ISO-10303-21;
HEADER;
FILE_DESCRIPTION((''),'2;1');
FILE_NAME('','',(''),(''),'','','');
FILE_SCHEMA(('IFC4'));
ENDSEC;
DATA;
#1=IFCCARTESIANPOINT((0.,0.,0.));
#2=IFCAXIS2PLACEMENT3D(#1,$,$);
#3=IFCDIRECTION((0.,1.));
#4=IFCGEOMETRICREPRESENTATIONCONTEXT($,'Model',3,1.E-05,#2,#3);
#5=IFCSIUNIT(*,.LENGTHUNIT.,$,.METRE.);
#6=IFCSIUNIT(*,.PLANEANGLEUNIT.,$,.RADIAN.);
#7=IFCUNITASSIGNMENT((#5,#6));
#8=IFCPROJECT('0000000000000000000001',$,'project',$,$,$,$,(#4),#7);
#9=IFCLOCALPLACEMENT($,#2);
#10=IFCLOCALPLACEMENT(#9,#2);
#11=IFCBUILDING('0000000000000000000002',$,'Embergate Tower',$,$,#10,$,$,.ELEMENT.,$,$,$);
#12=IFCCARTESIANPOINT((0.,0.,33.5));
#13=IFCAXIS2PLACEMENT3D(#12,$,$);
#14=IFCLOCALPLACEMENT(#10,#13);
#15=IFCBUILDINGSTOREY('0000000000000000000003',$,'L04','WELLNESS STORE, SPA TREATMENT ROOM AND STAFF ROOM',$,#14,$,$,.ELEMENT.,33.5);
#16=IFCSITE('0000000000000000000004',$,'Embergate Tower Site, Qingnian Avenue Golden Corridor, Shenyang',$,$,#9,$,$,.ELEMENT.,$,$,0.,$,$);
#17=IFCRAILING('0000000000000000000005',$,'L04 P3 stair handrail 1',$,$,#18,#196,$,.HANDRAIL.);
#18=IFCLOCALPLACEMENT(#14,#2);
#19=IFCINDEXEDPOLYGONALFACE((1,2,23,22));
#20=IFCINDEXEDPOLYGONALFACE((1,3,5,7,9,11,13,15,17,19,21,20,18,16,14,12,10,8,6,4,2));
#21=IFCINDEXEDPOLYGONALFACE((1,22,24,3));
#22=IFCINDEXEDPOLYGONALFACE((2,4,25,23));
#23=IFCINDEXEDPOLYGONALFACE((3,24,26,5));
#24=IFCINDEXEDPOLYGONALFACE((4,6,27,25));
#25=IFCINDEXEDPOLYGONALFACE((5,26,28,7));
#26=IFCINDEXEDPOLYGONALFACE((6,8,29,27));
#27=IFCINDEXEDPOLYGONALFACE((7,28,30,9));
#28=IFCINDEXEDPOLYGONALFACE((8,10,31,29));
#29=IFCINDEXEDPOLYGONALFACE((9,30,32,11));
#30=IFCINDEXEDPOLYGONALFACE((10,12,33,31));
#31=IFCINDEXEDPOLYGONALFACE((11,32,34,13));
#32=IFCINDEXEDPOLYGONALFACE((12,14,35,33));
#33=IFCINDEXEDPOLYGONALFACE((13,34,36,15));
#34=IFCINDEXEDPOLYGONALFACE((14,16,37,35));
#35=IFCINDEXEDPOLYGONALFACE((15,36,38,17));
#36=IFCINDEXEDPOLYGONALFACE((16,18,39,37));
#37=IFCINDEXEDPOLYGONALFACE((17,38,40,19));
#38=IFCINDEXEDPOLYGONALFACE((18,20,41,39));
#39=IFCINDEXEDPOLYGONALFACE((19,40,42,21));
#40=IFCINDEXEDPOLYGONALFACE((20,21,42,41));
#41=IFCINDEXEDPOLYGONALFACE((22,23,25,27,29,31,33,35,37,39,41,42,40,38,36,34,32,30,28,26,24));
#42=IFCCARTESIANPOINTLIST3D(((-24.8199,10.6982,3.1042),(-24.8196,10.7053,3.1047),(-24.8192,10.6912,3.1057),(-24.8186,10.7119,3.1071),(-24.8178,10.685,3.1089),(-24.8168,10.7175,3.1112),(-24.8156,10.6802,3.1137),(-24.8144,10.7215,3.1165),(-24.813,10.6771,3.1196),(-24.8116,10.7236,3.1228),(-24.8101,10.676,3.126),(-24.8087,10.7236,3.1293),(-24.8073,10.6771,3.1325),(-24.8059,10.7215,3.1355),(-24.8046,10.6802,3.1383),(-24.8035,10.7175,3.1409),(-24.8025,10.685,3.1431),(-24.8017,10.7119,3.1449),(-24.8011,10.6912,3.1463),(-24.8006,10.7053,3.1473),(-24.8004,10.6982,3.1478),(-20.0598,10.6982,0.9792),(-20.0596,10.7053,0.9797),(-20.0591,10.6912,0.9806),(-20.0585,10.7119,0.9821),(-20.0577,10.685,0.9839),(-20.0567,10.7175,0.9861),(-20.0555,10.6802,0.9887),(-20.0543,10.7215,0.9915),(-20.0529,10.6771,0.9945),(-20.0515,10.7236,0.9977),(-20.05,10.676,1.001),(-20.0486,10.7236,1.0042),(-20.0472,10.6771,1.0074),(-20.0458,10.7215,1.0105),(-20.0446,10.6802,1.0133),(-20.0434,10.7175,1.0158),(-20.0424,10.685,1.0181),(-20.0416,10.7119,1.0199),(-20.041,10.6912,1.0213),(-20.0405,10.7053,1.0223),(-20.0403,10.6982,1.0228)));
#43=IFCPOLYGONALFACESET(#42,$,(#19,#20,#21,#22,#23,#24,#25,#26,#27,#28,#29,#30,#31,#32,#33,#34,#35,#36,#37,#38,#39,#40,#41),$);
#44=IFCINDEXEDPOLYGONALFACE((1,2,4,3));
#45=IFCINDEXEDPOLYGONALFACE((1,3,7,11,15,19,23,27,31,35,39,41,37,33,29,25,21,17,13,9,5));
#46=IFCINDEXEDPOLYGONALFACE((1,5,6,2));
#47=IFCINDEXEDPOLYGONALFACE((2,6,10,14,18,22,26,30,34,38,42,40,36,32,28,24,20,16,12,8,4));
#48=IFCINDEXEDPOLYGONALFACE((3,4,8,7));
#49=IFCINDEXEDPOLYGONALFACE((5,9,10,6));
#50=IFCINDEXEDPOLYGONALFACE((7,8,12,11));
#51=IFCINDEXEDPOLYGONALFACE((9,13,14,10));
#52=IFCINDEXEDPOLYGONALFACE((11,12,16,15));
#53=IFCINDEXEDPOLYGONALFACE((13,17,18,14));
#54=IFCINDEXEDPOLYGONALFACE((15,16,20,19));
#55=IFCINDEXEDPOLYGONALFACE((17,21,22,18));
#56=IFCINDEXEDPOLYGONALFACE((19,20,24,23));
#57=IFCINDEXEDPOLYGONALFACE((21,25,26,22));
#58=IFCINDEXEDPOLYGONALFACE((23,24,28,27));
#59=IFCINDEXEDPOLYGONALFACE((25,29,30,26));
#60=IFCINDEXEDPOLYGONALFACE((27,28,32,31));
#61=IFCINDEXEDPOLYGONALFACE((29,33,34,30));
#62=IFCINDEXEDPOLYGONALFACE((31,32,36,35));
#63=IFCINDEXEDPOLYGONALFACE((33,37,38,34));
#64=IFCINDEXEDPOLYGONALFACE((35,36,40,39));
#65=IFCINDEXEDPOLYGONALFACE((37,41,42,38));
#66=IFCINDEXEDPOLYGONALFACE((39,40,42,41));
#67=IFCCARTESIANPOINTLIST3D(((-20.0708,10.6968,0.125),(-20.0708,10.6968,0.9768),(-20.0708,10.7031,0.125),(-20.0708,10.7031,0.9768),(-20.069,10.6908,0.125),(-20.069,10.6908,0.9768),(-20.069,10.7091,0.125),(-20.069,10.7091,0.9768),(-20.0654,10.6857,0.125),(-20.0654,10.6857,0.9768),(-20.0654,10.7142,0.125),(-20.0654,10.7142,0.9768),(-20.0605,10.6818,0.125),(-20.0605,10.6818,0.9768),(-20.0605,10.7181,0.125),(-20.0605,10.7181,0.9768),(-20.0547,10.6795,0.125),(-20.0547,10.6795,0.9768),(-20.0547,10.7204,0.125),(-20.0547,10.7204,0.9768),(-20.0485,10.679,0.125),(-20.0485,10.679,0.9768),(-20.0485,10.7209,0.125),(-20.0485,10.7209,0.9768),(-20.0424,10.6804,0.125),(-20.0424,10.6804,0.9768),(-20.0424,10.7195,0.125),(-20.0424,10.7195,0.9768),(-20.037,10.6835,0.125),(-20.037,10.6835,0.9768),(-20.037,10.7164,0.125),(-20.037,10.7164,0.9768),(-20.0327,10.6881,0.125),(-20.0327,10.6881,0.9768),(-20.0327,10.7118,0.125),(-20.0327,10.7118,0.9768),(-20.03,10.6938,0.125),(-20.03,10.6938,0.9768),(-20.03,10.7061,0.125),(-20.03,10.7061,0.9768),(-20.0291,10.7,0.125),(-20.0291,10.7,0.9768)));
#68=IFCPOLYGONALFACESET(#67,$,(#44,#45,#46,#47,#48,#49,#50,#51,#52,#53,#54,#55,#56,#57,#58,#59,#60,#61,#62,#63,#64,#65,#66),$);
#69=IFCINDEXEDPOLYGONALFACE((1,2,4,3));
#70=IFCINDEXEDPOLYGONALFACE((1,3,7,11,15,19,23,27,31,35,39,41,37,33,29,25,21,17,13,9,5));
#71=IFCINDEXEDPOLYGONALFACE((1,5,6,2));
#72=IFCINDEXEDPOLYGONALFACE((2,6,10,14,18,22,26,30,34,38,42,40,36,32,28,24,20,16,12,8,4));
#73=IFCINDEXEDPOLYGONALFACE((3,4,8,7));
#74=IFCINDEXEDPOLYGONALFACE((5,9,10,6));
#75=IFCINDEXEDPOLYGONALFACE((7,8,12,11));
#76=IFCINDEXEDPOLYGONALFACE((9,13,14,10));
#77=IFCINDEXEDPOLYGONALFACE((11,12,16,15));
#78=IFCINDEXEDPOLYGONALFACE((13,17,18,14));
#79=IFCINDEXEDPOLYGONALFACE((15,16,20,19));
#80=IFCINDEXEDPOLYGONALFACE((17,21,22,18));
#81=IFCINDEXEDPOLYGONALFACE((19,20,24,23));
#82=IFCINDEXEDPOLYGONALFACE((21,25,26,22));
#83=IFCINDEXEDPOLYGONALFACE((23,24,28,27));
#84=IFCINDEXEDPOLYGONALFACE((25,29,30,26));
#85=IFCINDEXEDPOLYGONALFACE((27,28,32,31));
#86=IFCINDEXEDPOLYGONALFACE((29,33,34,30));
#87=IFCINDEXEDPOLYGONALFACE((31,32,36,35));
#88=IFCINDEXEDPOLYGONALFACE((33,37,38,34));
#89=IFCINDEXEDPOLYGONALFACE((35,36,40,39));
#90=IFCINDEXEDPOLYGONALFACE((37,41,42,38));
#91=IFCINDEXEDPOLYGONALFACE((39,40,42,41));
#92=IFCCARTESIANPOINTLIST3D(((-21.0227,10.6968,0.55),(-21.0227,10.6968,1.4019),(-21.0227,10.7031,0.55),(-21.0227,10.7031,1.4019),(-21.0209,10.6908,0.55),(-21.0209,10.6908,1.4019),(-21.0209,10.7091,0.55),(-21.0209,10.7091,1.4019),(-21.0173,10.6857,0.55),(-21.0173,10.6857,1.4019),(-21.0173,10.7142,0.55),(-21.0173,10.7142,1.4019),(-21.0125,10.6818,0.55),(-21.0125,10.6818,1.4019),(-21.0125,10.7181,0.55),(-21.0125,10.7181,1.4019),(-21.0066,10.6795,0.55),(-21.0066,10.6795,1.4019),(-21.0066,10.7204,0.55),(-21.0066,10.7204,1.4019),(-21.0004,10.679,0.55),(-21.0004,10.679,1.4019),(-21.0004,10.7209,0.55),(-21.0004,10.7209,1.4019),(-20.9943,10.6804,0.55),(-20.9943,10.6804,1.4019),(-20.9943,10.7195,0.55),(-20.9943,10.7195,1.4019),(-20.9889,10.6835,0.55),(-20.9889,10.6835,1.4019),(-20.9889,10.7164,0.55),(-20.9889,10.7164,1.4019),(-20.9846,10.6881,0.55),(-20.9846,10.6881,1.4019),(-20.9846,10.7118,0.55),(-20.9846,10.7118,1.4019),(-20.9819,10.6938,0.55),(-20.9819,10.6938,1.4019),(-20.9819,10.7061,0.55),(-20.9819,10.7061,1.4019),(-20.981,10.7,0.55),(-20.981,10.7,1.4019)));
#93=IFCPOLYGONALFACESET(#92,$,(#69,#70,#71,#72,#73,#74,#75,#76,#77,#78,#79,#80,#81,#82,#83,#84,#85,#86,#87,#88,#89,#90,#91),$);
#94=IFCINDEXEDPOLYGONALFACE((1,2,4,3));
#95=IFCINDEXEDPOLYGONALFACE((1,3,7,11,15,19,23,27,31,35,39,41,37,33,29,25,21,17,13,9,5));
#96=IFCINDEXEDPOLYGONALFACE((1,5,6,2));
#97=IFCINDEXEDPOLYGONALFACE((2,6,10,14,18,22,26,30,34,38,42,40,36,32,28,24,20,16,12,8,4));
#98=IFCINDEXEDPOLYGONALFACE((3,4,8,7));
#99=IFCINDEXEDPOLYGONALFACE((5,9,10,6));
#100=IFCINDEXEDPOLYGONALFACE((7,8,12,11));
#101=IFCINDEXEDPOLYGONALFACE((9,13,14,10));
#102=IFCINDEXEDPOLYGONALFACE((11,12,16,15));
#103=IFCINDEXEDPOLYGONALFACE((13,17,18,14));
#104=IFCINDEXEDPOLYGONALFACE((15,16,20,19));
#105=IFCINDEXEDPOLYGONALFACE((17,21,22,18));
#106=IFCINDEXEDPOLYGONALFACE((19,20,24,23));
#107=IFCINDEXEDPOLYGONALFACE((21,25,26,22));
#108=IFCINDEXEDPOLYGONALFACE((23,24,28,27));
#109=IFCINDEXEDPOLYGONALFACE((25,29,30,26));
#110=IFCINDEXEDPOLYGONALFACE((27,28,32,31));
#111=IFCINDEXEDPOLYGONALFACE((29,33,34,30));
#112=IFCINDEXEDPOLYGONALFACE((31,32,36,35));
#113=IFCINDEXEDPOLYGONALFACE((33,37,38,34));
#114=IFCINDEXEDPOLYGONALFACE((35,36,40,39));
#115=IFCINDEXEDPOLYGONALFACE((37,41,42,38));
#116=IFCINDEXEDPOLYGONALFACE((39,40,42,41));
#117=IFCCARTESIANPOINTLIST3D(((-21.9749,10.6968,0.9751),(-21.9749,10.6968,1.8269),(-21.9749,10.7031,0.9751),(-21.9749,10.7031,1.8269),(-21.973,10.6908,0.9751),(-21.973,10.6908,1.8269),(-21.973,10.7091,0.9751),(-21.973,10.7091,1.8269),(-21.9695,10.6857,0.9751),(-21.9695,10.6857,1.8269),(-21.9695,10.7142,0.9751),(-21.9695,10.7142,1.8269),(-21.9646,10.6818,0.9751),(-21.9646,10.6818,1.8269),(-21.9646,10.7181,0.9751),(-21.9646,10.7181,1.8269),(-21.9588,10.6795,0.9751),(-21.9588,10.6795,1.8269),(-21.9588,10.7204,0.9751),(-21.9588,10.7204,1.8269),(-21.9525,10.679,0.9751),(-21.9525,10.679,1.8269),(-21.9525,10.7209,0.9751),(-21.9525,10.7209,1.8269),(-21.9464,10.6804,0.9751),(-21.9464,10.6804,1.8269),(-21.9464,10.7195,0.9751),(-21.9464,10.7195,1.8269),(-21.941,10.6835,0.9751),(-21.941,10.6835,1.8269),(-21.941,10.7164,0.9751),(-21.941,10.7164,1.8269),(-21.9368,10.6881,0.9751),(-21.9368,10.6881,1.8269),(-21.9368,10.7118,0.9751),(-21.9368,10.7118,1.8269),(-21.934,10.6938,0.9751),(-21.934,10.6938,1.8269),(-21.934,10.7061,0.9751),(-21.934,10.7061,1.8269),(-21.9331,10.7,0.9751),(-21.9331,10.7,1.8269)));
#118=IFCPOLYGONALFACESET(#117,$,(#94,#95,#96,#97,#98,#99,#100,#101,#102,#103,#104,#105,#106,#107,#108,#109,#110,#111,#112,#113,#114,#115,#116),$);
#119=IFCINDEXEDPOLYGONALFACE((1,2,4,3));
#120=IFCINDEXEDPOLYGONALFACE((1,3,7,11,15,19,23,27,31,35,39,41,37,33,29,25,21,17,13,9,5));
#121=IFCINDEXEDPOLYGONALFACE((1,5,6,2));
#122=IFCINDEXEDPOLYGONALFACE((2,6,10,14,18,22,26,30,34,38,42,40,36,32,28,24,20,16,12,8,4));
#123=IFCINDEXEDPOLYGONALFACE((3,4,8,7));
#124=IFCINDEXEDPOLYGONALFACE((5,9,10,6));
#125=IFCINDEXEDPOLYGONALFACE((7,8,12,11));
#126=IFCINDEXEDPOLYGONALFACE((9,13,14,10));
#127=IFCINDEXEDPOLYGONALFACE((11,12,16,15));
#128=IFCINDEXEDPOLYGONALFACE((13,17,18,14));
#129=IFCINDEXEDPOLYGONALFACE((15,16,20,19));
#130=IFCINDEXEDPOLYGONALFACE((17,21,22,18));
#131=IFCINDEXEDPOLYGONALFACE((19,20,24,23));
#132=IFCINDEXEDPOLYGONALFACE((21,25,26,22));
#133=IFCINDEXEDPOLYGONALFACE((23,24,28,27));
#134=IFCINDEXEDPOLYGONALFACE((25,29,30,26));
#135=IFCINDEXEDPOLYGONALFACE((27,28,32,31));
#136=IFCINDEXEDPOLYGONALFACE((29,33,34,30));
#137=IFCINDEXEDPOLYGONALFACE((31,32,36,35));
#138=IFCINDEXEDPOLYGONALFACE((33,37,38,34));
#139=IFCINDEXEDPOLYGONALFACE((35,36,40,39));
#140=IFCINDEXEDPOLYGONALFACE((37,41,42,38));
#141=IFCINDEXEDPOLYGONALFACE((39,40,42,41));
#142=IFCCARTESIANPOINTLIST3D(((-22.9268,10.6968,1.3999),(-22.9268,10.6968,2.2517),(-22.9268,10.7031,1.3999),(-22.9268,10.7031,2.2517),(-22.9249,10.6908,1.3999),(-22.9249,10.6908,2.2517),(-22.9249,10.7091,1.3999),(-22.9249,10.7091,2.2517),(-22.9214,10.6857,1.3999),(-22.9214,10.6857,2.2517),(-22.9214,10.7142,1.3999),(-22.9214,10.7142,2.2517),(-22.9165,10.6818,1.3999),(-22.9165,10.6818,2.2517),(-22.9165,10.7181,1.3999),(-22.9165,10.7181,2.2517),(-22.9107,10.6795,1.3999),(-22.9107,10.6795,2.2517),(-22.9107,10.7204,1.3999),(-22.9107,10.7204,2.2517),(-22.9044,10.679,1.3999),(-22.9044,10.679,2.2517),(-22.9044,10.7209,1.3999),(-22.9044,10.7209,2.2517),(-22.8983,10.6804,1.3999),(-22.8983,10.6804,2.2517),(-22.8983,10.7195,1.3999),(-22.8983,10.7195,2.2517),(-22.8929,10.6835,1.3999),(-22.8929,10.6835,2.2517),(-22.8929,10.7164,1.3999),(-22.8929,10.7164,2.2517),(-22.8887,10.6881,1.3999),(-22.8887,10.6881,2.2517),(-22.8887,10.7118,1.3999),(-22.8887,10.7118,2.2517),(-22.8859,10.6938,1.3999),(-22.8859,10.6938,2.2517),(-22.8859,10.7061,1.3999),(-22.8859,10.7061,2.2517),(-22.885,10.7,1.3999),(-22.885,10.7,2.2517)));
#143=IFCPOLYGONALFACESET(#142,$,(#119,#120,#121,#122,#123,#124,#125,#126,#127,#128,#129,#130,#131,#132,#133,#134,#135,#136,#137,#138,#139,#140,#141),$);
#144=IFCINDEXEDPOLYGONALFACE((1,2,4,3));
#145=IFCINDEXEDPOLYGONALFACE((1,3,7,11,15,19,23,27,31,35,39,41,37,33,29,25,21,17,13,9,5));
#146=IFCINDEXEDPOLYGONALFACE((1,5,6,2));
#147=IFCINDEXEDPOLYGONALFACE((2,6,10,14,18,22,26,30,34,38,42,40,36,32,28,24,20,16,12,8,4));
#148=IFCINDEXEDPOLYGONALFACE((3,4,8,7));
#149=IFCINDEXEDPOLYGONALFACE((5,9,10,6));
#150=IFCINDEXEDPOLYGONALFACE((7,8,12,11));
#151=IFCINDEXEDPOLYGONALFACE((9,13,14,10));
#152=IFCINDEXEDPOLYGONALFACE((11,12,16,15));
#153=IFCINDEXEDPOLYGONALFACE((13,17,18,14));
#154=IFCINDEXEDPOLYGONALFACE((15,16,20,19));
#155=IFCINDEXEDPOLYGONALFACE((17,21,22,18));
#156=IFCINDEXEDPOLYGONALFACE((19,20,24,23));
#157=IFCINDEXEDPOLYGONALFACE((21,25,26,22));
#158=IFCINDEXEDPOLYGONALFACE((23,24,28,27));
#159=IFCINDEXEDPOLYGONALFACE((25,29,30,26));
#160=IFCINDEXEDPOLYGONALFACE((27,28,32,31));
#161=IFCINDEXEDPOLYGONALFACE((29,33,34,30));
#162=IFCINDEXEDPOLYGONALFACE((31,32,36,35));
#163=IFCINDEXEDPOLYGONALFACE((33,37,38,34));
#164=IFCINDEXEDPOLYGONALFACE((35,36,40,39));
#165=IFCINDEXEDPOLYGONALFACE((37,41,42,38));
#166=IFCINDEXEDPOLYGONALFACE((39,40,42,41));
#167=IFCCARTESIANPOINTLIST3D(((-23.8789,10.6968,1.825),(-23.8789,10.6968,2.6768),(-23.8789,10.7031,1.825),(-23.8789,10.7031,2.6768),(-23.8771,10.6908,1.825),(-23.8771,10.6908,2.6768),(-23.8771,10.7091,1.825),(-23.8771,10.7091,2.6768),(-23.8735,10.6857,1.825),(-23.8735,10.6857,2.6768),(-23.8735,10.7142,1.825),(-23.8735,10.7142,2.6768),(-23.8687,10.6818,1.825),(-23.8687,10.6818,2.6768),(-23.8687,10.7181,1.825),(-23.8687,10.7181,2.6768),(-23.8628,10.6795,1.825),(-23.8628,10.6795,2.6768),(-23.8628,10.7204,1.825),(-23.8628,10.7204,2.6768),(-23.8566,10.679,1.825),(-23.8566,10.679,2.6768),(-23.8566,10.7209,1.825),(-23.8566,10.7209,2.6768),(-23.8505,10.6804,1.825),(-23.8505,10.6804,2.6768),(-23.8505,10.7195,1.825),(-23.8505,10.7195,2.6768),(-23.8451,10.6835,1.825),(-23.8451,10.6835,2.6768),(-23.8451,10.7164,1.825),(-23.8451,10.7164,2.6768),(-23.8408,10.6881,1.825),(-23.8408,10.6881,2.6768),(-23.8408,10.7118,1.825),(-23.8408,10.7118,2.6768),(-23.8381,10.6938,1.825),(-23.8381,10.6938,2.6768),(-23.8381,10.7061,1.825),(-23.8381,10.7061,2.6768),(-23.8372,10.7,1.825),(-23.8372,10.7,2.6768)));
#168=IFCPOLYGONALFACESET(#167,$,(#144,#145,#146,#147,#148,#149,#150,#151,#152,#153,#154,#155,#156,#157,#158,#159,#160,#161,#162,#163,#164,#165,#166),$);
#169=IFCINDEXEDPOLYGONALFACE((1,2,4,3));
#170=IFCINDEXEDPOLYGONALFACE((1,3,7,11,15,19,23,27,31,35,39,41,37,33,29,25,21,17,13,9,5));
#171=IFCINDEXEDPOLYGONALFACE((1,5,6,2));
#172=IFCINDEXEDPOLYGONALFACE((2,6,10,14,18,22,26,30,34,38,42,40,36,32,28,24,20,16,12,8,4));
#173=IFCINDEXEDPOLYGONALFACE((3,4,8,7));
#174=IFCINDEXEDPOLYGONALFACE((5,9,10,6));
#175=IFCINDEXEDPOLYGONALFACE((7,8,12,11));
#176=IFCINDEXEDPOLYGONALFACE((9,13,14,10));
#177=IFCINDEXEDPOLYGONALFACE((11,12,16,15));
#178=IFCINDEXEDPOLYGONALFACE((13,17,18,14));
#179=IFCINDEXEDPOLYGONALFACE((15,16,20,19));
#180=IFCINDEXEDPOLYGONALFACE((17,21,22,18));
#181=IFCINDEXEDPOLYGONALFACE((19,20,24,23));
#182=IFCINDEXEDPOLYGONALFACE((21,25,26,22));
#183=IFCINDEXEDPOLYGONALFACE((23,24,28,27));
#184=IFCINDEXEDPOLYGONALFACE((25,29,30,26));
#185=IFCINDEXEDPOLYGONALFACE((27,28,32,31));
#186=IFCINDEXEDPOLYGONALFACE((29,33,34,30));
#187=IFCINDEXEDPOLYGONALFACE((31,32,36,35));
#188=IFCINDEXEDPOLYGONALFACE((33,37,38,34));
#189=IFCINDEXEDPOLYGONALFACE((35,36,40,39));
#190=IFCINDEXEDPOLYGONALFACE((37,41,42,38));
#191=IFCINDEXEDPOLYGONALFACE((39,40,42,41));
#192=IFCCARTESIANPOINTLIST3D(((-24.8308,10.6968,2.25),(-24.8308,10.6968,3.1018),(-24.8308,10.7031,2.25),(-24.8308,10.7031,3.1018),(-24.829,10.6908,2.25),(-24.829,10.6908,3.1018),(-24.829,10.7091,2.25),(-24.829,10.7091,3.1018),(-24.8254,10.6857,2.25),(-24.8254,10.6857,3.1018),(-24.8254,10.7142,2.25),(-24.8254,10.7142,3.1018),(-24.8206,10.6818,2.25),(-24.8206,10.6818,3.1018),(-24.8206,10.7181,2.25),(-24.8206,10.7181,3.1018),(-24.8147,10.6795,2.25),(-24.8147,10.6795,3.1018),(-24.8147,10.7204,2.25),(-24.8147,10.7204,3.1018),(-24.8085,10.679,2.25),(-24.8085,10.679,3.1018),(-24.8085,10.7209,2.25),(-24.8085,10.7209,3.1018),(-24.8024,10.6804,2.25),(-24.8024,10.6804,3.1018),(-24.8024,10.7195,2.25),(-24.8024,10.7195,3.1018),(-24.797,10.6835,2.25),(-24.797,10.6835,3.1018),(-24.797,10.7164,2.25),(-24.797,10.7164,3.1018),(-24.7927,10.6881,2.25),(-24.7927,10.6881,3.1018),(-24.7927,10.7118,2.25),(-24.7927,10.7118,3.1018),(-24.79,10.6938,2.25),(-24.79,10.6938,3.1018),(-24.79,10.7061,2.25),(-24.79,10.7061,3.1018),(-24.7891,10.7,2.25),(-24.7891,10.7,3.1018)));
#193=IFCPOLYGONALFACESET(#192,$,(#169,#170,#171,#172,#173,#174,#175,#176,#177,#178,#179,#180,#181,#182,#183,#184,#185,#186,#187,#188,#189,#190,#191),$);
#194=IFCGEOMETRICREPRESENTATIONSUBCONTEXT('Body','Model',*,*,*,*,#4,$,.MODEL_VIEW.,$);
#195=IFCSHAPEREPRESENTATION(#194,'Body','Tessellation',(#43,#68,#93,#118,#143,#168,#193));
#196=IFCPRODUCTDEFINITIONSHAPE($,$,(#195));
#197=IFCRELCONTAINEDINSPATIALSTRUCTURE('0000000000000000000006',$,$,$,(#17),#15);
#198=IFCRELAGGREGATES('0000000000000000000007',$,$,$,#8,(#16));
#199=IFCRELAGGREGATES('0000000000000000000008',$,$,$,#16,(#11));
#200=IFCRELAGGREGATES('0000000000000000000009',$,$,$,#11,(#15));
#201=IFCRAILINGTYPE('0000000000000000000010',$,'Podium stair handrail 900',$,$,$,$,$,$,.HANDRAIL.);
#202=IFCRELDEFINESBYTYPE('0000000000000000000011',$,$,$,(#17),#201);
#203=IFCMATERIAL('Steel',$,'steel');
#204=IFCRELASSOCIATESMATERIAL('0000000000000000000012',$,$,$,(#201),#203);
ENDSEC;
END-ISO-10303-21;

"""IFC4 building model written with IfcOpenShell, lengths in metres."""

from ifc_helpers import new_model, si_unit, direction, frame, origin, origin_2d, place, context, subcontext, project, spatial, circle, extrude, source, transform, mapped, material, type_object, element, save


model = new_model("IFC4")

# Units and contexts
model_context = context("Model", 3, precision=1e-05, world=origin(), true_north=direction((0.0, 1.0)))
body_context = subcontext(model_context, "Body", "Model", "MODEL_VIEW")
ifc_project = project(units=[si_unit("LENGTHUNIT", "METRE"), si_unit("PLANEANGLEUNIT", "RADIAN")], contexts=[model_context])

# Site, building, storey
site_placement = place(None, origin())
site = spatial("IfcSite", under=ifc_project, at=site_placement, Name="Embergate Tower Site, Qingnian Avenue Golden Corridor, Shenyang", CompositionType="ELEMENT", RefElevation=0.0)
building_placement = place(site_placement, origin())
building = spatial("IfcBuilding", under=site, at=building_placement, Name="Embergate Tower", CompositionType="ELEMENT")
storey_placement = place(building_placement, frame((0.0, 0.0, 33.5)))
storey = spatial("IfcBuildingStorey", under=building, at=storey_placement, Name="L04", Description="WELLNESS STORE, SPA TREATMENT ROOM AND STAFF ROOM", CompositionType="ELEMENT", Elevation=33.5)

# Railing
ifc_material_1 = material(Name="Steel", Category="steel")
railing_type_1 = type_object("IfcRailingType", Name="Podium stair handrail 900", PredefinedType="HANDRAIL", material=ifc_material_1)
shared_shape_1 = source(origin(), body_context, "Body", "SweptSolid", [
    extrude(circle(Radius=0.0239, at=origin_2d()), frame((0.0, 0.0, 0.876), z_axis=(-0.913138, 0.0, 0.40765), x_axis=(0.0, -1.0, 0.0)), (0.0, 0.0, 1.0), 5.2129),
    extrude(circle(Radius=0.021, at=origin_2d()), origin(), (0.0, 0.0, 1.0), 0.8518),
    extrude(circle(Radius=0.021, at=origin_2d()), frame((-0.9519, 0.0, 0.425)), (0.0, 0.0, 1.0), 0.8518),
    extrude(circle(Radius=0.021, at=origin_2d()), frame((-1.9041, 0.0, 0.8501)), (0.0, 0.0, 1.0), 0.8518),
    extrude(circle(Radius=0.021, at=origin_2d()), frame((-2.856, 0.0, 1.2749)), (0.0, 0.0, 1.0), 0.8518),
    extrude(circle(Radius=0.021, at=origin_2d()), frame((-3.8081, 0.0, 1.7)), (0.0, 0.0, 1.0), 0.8518),
    extrude(circle(Radius=0.021, at=origin_2d()), frame((-4.76, 0.0, 2.125)), (0.0, 0.0, 1.0), 0.8518),
])
railing_1_placement = place(storey_placement, frame((-20.05, 10.7, 0.125)))
element("IfcRailing", 1, at=railing_1_placement, inside=storey, type_object=railing_type_1, Name="L04 P3 stair handrail 1", PredefinedType="HANDRAIL", context=body_context, shape_type="MappedRepresentation", body=[
    mapped(shared_shape_1, transform((0.0, 0.0, 0.0))),
])

save(model, "model.ifc")
